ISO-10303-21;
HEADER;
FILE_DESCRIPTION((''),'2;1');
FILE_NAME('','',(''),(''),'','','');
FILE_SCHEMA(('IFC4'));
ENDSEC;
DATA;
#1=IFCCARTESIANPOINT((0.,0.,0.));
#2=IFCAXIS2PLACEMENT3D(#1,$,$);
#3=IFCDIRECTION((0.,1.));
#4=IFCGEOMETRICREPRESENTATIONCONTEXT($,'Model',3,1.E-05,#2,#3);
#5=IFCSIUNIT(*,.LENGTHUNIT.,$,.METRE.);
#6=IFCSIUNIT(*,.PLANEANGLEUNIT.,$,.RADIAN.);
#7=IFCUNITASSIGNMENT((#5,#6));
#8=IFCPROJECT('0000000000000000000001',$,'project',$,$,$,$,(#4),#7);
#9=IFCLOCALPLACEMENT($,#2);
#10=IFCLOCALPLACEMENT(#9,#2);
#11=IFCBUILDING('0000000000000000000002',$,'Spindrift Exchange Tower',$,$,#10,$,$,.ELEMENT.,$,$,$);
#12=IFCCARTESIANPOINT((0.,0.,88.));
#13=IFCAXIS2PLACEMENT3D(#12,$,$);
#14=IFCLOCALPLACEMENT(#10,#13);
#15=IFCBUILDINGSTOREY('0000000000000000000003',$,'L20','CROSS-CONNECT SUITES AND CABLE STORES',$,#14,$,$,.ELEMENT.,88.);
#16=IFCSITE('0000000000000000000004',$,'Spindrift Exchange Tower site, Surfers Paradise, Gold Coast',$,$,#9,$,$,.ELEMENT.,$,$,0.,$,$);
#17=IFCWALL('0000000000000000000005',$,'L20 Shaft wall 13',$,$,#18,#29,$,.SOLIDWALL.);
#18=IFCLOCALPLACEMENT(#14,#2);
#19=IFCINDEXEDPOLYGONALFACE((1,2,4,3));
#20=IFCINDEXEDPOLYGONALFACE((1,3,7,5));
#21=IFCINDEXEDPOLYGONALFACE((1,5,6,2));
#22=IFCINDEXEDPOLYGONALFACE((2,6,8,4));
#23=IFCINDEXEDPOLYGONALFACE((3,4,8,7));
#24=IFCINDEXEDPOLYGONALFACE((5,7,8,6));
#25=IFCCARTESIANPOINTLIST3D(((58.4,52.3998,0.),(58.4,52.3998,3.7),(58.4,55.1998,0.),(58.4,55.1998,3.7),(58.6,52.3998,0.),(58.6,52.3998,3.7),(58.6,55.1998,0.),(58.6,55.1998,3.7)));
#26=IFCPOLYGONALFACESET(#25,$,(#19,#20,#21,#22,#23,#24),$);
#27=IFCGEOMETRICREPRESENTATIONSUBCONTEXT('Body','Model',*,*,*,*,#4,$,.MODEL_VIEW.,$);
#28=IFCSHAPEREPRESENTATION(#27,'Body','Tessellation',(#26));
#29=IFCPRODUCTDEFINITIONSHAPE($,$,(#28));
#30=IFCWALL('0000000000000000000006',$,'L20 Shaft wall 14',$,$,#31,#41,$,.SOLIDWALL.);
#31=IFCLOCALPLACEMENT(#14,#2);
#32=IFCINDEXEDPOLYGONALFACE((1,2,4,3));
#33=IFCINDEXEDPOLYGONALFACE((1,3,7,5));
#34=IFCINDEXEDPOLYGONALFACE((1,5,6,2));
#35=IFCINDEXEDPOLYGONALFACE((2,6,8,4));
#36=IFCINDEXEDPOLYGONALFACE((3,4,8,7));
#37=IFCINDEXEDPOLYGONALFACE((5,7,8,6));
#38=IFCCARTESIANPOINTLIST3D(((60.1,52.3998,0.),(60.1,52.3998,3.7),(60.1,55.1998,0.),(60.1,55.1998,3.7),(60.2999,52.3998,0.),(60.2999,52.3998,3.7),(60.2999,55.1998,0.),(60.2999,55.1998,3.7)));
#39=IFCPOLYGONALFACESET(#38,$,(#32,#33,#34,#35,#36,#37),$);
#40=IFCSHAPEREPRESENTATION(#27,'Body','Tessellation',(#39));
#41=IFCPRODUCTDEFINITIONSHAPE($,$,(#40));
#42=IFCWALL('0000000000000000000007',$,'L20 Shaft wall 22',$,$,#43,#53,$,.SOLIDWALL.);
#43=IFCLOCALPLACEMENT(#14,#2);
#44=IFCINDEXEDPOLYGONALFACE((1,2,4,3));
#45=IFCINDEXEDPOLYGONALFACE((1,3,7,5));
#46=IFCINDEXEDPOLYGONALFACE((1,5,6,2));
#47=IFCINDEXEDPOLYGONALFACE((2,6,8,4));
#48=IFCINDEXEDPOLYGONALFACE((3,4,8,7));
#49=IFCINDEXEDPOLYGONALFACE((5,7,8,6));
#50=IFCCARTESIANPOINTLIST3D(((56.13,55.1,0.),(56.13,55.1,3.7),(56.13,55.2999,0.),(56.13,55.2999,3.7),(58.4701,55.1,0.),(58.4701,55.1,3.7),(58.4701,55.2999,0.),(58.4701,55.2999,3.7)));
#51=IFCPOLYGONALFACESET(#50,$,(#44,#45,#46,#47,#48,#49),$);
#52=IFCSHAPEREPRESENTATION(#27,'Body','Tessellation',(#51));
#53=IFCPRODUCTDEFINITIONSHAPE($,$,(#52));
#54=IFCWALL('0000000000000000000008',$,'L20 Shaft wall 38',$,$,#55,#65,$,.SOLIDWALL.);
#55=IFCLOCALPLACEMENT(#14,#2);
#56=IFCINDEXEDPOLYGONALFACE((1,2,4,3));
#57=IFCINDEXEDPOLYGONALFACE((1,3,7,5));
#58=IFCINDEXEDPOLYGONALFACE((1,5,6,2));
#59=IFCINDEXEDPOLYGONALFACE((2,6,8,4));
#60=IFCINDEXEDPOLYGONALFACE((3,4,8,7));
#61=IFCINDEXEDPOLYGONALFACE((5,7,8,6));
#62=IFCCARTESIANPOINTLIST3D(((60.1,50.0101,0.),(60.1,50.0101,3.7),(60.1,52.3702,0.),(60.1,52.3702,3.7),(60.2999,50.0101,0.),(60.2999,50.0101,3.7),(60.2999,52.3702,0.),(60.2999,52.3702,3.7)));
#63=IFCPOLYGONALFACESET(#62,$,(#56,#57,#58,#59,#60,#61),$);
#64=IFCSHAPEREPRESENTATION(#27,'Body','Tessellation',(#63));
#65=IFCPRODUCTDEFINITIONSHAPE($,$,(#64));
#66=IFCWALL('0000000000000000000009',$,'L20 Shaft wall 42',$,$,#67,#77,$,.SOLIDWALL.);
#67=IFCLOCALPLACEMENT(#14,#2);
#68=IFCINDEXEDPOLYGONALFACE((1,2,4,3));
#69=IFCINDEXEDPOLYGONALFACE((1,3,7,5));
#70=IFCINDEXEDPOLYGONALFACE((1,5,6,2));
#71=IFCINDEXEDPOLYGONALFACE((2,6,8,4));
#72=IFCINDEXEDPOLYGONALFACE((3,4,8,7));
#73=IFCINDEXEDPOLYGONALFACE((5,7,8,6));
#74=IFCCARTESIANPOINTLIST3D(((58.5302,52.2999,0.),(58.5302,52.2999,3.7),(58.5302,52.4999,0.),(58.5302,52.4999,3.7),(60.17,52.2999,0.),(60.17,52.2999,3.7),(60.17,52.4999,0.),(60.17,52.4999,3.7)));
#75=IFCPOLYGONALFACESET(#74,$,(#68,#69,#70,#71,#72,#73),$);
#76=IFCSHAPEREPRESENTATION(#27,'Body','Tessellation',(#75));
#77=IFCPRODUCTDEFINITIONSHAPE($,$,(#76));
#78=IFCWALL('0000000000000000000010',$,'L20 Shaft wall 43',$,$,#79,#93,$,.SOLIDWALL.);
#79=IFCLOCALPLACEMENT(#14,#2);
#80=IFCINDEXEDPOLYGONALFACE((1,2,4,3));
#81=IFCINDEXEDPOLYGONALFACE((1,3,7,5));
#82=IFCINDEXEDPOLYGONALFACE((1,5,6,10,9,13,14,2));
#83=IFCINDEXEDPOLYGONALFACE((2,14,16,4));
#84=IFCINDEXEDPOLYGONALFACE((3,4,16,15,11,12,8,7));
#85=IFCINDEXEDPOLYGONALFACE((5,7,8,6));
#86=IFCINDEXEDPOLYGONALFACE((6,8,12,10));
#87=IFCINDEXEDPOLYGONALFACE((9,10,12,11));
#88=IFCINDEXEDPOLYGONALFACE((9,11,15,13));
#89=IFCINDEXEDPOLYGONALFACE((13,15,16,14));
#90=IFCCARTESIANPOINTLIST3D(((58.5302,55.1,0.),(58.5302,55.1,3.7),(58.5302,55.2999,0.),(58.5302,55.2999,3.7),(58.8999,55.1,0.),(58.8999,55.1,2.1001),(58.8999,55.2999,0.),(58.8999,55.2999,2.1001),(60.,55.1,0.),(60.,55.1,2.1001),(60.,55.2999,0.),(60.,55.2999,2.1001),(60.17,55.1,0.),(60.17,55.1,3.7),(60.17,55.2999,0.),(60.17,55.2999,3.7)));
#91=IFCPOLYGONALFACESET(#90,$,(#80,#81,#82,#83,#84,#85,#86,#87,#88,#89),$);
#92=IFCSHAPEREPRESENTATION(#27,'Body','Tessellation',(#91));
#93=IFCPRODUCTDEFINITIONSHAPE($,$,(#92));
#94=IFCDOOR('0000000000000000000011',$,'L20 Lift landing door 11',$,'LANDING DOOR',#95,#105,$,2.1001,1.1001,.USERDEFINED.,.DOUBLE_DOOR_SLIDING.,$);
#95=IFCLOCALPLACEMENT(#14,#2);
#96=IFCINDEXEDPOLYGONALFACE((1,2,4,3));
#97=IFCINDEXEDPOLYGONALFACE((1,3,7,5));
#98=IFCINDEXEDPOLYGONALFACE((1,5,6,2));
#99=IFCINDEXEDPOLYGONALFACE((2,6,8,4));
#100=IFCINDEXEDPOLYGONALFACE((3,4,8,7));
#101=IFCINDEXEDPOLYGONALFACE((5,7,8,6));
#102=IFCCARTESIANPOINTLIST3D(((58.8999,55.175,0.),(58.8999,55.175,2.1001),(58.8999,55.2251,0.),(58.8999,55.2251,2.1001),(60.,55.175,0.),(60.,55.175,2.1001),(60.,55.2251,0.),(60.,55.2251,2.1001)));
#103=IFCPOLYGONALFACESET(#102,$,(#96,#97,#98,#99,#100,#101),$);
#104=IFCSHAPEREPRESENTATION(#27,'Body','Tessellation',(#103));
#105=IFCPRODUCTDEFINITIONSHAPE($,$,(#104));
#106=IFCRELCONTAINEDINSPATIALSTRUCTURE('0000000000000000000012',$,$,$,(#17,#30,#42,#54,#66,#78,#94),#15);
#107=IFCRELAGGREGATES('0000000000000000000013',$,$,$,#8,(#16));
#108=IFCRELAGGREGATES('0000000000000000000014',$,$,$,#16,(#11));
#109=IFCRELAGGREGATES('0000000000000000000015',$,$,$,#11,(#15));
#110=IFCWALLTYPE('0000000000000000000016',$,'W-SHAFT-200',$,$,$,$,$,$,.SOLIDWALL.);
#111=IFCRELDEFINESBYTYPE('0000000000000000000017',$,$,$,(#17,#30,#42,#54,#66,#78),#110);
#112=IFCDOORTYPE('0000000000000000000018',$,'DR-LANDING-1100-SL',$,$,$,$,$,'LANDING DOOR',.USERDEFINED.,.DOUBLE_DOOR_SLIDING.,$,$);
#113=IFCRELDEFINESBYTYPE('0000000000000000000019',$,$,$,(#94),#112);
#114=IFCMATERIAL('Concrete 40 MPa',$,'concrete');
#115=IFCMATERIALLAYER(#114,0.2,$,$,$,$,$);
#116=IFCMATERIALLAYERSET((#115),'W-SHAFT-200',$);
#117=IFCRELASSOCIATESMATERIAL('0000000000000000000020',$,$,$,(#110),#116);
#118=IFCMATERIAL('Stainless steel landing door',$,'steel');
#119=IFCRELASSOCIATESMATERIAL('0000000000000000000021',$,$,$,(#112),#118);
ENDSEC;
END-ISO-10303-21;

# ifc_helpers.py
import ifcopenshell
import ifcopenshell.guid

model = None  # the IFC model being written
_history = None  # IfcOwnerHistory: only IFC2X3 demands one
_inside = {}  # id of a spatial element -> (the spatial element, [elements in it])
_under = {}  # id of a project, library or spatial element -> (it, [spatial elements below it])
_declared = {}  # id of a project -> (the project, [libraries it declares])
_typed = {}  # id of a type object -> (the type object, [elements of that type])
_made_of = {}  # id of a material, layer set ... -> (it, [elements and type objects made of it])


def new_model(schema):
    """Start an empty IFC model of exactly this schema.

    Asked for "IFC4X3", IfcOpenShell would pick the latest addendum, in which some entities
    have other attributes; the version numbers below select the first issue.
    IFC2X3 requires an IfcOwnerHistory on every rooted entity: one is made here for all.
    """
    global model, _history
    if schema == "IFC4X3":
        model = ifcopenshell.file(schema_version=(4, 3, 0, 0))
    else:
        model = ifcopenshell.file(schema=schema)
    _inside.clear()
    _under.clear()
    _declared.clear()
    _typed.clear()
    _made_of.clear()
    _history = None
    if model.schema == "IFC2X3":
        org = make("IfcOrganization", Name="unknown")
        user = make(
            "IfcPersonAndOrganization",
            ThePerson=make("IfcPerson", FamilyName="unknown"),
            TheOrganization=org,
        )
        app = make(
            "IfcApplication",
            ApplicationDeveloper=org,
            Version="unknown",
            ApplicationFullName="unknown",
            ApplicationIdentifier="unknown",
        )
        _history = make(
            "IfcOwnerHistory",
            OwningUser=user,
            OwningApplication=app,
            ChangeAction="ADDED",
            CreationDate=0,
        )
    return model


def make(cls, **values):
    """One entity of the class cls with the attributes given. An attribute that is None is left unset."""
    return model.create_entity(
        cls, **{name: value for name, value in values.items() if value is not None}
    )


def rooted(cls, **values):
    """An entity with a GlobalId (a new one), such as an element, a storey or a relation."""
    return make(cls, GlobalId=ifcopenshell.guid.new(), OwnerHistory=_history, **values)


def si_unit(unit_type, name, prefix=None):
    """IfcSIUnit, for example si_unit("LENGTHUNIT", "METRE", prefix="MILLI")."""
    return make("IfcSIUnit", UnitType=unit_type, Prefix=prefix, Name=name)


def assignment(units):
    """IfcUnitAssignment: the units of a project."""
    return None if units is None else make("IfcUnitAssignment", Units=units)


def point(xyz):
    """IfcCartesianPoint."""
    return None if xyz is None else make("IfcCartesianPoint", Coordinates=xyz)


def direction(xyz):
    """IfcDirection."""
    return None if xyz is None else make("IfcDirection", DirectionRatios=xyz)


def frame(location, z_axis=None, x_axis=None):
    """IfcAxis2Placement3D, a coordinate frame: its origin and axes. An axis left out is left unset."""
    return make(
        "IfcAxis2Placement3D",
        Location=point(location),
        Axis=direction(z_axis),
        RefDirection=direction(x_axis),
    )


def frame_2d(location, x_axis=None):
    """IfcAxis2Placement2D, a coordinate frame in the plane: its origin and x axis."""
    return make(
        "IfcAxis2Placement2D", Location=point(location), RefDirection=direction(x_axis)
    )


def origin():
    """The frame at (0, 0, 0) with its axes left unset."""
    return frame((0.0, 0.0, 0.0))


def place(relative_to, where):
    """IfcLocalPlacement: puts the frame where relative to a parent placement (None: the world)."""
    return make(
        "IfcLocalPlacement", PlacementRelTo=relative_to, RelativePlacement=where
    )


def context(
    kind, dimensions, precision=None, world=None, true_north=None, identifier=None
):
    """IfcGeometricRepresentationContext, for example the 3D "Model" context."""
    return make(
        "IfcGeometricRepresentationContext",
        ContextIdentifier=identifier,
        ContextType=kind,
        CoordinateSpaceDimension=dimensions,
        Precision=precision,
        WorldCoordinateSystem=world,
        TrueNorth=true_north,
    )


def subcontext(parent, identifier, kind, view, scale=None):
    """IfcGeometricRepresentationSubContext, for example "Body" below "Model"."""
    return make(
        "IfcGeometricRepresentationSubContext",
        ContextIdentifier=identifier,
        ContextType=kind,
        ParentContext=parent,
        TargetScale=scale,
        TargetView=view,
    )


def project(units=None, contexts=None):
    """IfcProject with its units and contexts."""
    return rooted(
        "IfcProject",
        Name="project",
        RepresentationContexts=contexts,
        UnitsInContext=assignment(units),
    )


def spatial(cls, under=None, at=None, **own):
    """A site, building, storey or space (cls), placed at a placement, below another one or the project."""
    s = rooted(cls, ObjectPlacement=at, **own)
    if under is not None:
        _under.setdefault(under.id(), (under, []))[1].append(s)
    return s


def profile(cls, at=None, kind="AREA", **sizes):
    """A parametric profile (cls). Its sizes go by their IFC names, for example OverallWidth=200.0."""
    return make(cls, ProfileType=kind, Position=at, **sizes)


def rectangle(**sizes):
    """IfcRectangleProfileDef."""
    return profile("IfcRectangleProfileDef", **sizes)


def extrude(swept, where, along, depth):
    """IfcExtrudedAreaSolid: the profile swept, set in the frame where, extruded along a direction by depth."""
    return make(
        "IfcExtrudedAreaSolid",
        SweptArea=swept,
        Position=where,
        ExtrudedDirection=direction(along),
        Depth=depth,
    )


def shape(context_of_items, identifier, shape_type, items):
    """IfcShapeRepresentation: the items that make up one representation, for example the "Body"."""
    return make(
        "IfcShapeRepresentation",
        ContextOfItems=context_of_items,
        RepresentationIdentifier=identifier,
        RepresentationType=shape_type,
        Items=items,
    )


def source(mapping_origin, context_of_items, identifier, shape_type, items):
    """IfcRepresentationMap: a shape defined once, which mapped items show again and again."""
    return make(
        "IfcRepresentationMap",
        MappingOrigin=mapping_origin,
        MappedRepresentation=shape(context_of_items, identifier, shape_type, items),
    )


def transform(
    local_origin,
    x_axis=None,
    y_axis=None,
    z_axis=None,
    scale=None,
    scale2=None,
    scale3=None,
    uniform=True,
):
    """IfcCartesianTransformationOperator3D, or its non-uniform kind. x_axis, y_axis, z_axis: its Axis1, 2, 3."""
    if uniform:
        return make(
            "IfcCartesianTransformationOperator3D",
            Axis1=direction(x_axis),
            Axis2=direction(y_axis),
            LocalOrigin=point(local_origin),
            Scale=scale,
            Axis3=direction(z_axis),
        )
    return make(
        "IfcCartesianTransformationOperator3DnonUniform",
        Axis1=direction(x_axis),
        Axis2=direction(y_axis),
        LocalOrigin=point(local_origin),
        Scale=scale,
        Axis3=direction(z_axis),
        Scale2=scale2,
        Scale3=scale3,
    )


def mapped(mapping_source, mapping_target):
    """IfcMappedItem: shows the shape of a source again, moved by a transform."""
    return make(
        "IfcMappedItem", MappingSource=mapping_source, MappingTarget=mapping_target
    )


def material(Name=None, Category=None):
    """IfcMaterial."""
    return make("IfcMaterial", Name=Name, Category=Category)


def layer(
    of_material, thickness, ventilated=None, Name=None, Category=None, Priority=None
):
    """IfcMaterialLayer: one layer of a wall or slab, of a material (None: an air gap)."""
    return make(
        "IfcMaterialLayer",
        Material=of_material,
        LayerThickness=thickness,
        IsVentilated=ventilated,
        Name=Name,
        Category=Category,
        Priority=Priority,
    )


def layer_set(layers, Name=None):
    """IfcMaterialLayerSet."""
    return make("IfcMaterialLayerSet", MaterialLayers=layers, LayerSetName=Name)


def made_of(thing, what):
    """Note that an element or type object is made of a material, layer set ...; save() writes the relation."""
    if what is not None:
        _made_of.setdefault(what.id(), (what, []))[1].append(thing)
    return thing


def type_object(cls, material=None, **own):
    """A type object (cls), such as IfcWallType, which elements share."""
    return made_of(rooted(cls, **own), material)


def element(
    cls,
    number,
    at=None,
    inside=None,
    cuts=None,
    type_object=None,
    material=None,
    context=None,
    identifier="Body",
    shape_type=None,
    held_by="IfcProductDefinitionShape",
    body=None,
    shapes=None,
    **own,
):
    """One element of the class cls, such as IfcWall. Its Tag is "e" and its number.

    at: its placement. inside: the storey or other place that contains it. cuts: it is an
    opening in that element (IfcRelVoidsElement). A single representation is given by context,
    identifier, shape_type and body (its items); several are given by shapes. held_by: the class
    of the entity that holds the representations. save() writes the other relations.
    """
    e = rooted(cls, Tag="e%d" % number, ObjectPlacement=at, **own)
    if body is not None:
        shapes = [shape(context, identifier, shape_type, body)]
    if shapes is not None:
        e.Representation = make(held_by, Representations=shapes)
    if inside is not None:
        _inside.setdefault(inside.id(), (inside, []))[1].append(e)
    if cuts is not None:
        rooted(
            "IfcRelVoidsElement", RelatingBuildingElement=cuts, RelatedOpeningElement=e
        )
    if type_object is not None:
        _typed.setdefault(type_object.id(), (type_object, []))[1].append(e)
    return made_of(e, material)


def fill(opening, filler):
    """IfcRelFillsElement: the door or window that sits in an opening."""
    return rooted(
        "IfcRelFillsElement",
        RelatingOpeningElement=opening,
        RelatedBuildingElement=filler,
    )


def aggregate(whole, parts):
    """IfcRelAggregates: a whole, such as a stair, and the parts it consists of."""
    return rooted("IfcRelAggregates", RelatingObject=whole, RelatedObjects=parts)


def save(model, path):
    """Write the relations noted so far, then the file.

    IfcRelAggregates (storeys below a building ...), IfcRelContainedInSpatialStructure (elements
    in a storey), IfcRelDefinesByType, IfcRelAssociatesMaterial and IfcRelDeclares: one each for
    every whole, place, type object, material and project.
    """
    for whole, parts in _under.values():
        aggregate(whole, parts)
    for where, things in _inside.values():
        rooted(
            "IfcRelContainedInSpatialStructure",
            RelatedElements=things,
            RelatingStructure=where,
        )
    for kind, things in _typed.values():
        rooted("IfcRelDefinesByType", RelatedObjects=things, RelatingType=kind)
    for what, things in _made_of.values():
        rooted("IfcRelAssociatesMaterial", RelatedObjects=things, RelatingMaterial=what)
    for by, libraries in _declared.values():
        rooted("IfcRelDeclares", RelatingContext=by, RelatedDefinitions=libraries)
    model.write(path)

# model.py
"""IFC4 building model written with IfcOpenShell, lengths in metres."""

from ifc_helpers import new_model, si_unit, direction, frame, frame_2d, origin, place, context, subcontext, project, spatial, rectangle, extrude, source, transform, mapped, material, layer, layer_set, type_object, element, fill, save


model = new_model("IFC4")

# Units and contexts
model_context = context("Model", 3, precision=1e-05, world=origin(), true_north=direction((0.0, 1.0)))
body_context = subcontext(model_context, "Body", "Model", "MODEL_VIEW")
ifc_project = project(units=[si_unit("LENGTHUNIT", "METRE"), si_unit("PLANEANGLEUNIT", "RADIAN")], contexts=[model_context])

# Site, building, storey
site_placement = place(None, origin())
site = spatial("IfcSite", under=ifc_project, at=site_placement, Name="Spindrift Exchange Tower site, Surfers Paradise, Gold Coast", CompositionType="ELEMENT", RefElevation=0.0)
building_placement = place(site_placement, origin())
building = spatial("IfcBuilding", under=site, at=building_placement, Name="Spindrift Exchange Tower", CompositionType="ELEMENT")
storey_placement = place(building_placement, frame((0.0, 0.0, 88.0)))
storey = spatial("IfcBuildingStorey", under=building, at=storey_placement, Name="L20", Description="CROSS-CONNECT SUITES AND CABLE STORES", CompositionType="ELEMENT", Elevation=88.0)

# Walls
ifc_material_1 = material(Name="Concrete 40 MPa", Category="concrete")
ifc_layer_1 = layer(ifc_material_1, 0.2)
ifc_layer_set_1 = layer_set([ifc_layer_1], Name="W-SHAFT-200")
wall_type_1 = type_object("IfcWallType", Name="W-SHAFT-200", PredefinedType="SOLIDWALL", material=ifc_layer_set_1)
for number, where, z_axis, x_axis, name in (
    (1, (58.5, 52.3999, 0.0), (0.0, 0.0, 1.0), (0.0, 1.0, 0.0), "L20 Shaft wall 13"),
    (2, (60.2, 52.3999, 0.0), (0.0, 0.0, 1.0), (0.0, 1.0, 0.0), "L20 Shaft wall 14"),
):
    element("IfcWall", number, at=place(storey_placement, frame(where, z_axis=z_axis, x_axis=x_axis)), inside=storey, type_object=wall_type_1, Name=name, PredefinedType="SOLIDWALL", context=body_context, shape_type="SweptSolid", body=[
        extrude(rectangle(XDim=2.8, YDim=0.2, at=frame_2d((1.3999, 0.0))), origin(), (0.0, 0.0, 1.0), 3.7),
    ])
wall_1_placement = place(storey_placement, frame((58.47, 55.2, 0.0), z_axis=(0.0, 0.0, 1.0), x_axis=(-1.0, 0.0, 0.0)))
element("IfcWall", 3, at=wall_1_placement, inside=storey, type_object=wall_type_1, Name="L20 Shaft wall 22", PredefinedType="SOLIDWALL", context=body_context, shape_type="SweptSolid", body=[
    extrude(rectangle(XDim=2.3401, YDim=0.2, at=frame_2d((1.1699, 0.0))), origin(), (0.0, 0.0, 1.0), 3.7),
])
wall_2_placement = place(storey_placement, frame((60.2, 50.01, 0.0), z_axis=(0.0, 0.0, 1.0), x_axis=(0.0, 1.0, 0.0)))
element("IfcWall", 4, at=wall_2_placement, inside=storey, type_object=wall_type_1, Name="L20 Shaft wall 38", PredefinedType="SOLIDWALL", context=body_context, shape_type="SweptSolid", body=[
    extrude(rectangle(XDim=2.3601, YDim=0.2, at=frame_2d((1.1802, 0.0))), origin(), (0.0, 0.0, 1.0), 3.7),
])
wall_3_placement = place(storey_placement, frame((60.1699, 52.3999, 0.0), z_axis=(0.0, 0.0, 1.0), x_axis=(-1.0, 0.0, 0.0)))
element("IfcWall", 5, at=wall_3_placement, inside=storey, type_object=wall_type_1, Name="L20 Shaft wall 42", PredefinedType="SOLIDWALL", context=body_context, shape_type="SweptSolid", body=[
    extrude(rectangle(XDim=1.6399, YDim=0.2, at=frame_2d((0.8198, 0.0))), origin(), (0.0, 0.0, 1.0), 3.7),
])

# Wall, opening, door
wall_4_placement = place(storey_placement, frame((60.1699, 55.2, 0.0), z_axis=(0.0, 0.0, 1.0), x_axis=(-1.0, 0.0, 0.0)))
wall_4 = element("IfcWall", 6, at=wall_4_placement, inside=storey, type_object=wall_type_1, Name="L20 Shaft wall 43", PredefinedType="SOLIDWALL", context=body_context, shape_type="SweptSolid", body=[
    extrude(rectangle(XDim=1.6399, YDim=0.2, at=frame_2d((0.8198, 0.0))), origin(), (0.0, 0.0, 1.0), 3.7),
])
opening_1_placement = place(wall_4_placement, frame((0.1699, 0.0, 0.0)))
opening_1 = element("IfcOpeningElement", 7, at=opening_1_placement, cuts=wall_4, PredefinedType="OPENING", context=body_context, shape_type="SweptSolid", body=[
    extrude(rectangle(XDim=1.1001, YDim=2.1001, at=frame_2d((0.55, 1.05))), frame((0.0, 0.1099, 0.0), z_axis=(0.0, -1.0, 0.0), x_axis=(1.0, 0.0, 0.0)), (0.0, 0.0, 1.0), 0.22),
])
ifc_material_2 = material(Name="Stainless steel landing door", Category="steel")
door_type_1 = type_object("IfcDoorType", Name="DR-LANDING-1100-SL", ElementType="LANDING DOOR", OperationType="DOUBLE_DOOR_SLIDING", PredefinedType="USERDEFINED", material=ifc_material_2)
shared_shape_1 = source(origin(), body_context, "Body", "SweptSolid", [
    extrude(rectangle(XDim=1.1001, YDim=2.1001, at=frame_2d((0.55, 1.05))), frame((0.0, 0.0249, 0.0), z_axis=(0.0, -1.0, 0.0), x_axis=(1.0, 0.0, 0.0)), (0.0, 0.0, 1.0), 0.05),
])
door_1_placement = place(opening_1_placement, origin())
door_1 = element("IfcDoor", 8, at=door_1_placement, inside=storey, type_object=door_type_1, Name="L20 Lift landing door 11", ObjectType="LANDING DOOR", OperationType="DOUBLE_DOOR_SLIDING", OverallHeight=2.1001, OverallWidth=1.1001, PredefinedType="USERDEFINED", context=body_context, shape_type="MappedRepresentation", body=[
    mapped(shared_shape_1, transform((0.0, 0.0, 0.0), scale=1.0)),
])
fill(opening_1, door_1)

save(model, "model.ifc")
